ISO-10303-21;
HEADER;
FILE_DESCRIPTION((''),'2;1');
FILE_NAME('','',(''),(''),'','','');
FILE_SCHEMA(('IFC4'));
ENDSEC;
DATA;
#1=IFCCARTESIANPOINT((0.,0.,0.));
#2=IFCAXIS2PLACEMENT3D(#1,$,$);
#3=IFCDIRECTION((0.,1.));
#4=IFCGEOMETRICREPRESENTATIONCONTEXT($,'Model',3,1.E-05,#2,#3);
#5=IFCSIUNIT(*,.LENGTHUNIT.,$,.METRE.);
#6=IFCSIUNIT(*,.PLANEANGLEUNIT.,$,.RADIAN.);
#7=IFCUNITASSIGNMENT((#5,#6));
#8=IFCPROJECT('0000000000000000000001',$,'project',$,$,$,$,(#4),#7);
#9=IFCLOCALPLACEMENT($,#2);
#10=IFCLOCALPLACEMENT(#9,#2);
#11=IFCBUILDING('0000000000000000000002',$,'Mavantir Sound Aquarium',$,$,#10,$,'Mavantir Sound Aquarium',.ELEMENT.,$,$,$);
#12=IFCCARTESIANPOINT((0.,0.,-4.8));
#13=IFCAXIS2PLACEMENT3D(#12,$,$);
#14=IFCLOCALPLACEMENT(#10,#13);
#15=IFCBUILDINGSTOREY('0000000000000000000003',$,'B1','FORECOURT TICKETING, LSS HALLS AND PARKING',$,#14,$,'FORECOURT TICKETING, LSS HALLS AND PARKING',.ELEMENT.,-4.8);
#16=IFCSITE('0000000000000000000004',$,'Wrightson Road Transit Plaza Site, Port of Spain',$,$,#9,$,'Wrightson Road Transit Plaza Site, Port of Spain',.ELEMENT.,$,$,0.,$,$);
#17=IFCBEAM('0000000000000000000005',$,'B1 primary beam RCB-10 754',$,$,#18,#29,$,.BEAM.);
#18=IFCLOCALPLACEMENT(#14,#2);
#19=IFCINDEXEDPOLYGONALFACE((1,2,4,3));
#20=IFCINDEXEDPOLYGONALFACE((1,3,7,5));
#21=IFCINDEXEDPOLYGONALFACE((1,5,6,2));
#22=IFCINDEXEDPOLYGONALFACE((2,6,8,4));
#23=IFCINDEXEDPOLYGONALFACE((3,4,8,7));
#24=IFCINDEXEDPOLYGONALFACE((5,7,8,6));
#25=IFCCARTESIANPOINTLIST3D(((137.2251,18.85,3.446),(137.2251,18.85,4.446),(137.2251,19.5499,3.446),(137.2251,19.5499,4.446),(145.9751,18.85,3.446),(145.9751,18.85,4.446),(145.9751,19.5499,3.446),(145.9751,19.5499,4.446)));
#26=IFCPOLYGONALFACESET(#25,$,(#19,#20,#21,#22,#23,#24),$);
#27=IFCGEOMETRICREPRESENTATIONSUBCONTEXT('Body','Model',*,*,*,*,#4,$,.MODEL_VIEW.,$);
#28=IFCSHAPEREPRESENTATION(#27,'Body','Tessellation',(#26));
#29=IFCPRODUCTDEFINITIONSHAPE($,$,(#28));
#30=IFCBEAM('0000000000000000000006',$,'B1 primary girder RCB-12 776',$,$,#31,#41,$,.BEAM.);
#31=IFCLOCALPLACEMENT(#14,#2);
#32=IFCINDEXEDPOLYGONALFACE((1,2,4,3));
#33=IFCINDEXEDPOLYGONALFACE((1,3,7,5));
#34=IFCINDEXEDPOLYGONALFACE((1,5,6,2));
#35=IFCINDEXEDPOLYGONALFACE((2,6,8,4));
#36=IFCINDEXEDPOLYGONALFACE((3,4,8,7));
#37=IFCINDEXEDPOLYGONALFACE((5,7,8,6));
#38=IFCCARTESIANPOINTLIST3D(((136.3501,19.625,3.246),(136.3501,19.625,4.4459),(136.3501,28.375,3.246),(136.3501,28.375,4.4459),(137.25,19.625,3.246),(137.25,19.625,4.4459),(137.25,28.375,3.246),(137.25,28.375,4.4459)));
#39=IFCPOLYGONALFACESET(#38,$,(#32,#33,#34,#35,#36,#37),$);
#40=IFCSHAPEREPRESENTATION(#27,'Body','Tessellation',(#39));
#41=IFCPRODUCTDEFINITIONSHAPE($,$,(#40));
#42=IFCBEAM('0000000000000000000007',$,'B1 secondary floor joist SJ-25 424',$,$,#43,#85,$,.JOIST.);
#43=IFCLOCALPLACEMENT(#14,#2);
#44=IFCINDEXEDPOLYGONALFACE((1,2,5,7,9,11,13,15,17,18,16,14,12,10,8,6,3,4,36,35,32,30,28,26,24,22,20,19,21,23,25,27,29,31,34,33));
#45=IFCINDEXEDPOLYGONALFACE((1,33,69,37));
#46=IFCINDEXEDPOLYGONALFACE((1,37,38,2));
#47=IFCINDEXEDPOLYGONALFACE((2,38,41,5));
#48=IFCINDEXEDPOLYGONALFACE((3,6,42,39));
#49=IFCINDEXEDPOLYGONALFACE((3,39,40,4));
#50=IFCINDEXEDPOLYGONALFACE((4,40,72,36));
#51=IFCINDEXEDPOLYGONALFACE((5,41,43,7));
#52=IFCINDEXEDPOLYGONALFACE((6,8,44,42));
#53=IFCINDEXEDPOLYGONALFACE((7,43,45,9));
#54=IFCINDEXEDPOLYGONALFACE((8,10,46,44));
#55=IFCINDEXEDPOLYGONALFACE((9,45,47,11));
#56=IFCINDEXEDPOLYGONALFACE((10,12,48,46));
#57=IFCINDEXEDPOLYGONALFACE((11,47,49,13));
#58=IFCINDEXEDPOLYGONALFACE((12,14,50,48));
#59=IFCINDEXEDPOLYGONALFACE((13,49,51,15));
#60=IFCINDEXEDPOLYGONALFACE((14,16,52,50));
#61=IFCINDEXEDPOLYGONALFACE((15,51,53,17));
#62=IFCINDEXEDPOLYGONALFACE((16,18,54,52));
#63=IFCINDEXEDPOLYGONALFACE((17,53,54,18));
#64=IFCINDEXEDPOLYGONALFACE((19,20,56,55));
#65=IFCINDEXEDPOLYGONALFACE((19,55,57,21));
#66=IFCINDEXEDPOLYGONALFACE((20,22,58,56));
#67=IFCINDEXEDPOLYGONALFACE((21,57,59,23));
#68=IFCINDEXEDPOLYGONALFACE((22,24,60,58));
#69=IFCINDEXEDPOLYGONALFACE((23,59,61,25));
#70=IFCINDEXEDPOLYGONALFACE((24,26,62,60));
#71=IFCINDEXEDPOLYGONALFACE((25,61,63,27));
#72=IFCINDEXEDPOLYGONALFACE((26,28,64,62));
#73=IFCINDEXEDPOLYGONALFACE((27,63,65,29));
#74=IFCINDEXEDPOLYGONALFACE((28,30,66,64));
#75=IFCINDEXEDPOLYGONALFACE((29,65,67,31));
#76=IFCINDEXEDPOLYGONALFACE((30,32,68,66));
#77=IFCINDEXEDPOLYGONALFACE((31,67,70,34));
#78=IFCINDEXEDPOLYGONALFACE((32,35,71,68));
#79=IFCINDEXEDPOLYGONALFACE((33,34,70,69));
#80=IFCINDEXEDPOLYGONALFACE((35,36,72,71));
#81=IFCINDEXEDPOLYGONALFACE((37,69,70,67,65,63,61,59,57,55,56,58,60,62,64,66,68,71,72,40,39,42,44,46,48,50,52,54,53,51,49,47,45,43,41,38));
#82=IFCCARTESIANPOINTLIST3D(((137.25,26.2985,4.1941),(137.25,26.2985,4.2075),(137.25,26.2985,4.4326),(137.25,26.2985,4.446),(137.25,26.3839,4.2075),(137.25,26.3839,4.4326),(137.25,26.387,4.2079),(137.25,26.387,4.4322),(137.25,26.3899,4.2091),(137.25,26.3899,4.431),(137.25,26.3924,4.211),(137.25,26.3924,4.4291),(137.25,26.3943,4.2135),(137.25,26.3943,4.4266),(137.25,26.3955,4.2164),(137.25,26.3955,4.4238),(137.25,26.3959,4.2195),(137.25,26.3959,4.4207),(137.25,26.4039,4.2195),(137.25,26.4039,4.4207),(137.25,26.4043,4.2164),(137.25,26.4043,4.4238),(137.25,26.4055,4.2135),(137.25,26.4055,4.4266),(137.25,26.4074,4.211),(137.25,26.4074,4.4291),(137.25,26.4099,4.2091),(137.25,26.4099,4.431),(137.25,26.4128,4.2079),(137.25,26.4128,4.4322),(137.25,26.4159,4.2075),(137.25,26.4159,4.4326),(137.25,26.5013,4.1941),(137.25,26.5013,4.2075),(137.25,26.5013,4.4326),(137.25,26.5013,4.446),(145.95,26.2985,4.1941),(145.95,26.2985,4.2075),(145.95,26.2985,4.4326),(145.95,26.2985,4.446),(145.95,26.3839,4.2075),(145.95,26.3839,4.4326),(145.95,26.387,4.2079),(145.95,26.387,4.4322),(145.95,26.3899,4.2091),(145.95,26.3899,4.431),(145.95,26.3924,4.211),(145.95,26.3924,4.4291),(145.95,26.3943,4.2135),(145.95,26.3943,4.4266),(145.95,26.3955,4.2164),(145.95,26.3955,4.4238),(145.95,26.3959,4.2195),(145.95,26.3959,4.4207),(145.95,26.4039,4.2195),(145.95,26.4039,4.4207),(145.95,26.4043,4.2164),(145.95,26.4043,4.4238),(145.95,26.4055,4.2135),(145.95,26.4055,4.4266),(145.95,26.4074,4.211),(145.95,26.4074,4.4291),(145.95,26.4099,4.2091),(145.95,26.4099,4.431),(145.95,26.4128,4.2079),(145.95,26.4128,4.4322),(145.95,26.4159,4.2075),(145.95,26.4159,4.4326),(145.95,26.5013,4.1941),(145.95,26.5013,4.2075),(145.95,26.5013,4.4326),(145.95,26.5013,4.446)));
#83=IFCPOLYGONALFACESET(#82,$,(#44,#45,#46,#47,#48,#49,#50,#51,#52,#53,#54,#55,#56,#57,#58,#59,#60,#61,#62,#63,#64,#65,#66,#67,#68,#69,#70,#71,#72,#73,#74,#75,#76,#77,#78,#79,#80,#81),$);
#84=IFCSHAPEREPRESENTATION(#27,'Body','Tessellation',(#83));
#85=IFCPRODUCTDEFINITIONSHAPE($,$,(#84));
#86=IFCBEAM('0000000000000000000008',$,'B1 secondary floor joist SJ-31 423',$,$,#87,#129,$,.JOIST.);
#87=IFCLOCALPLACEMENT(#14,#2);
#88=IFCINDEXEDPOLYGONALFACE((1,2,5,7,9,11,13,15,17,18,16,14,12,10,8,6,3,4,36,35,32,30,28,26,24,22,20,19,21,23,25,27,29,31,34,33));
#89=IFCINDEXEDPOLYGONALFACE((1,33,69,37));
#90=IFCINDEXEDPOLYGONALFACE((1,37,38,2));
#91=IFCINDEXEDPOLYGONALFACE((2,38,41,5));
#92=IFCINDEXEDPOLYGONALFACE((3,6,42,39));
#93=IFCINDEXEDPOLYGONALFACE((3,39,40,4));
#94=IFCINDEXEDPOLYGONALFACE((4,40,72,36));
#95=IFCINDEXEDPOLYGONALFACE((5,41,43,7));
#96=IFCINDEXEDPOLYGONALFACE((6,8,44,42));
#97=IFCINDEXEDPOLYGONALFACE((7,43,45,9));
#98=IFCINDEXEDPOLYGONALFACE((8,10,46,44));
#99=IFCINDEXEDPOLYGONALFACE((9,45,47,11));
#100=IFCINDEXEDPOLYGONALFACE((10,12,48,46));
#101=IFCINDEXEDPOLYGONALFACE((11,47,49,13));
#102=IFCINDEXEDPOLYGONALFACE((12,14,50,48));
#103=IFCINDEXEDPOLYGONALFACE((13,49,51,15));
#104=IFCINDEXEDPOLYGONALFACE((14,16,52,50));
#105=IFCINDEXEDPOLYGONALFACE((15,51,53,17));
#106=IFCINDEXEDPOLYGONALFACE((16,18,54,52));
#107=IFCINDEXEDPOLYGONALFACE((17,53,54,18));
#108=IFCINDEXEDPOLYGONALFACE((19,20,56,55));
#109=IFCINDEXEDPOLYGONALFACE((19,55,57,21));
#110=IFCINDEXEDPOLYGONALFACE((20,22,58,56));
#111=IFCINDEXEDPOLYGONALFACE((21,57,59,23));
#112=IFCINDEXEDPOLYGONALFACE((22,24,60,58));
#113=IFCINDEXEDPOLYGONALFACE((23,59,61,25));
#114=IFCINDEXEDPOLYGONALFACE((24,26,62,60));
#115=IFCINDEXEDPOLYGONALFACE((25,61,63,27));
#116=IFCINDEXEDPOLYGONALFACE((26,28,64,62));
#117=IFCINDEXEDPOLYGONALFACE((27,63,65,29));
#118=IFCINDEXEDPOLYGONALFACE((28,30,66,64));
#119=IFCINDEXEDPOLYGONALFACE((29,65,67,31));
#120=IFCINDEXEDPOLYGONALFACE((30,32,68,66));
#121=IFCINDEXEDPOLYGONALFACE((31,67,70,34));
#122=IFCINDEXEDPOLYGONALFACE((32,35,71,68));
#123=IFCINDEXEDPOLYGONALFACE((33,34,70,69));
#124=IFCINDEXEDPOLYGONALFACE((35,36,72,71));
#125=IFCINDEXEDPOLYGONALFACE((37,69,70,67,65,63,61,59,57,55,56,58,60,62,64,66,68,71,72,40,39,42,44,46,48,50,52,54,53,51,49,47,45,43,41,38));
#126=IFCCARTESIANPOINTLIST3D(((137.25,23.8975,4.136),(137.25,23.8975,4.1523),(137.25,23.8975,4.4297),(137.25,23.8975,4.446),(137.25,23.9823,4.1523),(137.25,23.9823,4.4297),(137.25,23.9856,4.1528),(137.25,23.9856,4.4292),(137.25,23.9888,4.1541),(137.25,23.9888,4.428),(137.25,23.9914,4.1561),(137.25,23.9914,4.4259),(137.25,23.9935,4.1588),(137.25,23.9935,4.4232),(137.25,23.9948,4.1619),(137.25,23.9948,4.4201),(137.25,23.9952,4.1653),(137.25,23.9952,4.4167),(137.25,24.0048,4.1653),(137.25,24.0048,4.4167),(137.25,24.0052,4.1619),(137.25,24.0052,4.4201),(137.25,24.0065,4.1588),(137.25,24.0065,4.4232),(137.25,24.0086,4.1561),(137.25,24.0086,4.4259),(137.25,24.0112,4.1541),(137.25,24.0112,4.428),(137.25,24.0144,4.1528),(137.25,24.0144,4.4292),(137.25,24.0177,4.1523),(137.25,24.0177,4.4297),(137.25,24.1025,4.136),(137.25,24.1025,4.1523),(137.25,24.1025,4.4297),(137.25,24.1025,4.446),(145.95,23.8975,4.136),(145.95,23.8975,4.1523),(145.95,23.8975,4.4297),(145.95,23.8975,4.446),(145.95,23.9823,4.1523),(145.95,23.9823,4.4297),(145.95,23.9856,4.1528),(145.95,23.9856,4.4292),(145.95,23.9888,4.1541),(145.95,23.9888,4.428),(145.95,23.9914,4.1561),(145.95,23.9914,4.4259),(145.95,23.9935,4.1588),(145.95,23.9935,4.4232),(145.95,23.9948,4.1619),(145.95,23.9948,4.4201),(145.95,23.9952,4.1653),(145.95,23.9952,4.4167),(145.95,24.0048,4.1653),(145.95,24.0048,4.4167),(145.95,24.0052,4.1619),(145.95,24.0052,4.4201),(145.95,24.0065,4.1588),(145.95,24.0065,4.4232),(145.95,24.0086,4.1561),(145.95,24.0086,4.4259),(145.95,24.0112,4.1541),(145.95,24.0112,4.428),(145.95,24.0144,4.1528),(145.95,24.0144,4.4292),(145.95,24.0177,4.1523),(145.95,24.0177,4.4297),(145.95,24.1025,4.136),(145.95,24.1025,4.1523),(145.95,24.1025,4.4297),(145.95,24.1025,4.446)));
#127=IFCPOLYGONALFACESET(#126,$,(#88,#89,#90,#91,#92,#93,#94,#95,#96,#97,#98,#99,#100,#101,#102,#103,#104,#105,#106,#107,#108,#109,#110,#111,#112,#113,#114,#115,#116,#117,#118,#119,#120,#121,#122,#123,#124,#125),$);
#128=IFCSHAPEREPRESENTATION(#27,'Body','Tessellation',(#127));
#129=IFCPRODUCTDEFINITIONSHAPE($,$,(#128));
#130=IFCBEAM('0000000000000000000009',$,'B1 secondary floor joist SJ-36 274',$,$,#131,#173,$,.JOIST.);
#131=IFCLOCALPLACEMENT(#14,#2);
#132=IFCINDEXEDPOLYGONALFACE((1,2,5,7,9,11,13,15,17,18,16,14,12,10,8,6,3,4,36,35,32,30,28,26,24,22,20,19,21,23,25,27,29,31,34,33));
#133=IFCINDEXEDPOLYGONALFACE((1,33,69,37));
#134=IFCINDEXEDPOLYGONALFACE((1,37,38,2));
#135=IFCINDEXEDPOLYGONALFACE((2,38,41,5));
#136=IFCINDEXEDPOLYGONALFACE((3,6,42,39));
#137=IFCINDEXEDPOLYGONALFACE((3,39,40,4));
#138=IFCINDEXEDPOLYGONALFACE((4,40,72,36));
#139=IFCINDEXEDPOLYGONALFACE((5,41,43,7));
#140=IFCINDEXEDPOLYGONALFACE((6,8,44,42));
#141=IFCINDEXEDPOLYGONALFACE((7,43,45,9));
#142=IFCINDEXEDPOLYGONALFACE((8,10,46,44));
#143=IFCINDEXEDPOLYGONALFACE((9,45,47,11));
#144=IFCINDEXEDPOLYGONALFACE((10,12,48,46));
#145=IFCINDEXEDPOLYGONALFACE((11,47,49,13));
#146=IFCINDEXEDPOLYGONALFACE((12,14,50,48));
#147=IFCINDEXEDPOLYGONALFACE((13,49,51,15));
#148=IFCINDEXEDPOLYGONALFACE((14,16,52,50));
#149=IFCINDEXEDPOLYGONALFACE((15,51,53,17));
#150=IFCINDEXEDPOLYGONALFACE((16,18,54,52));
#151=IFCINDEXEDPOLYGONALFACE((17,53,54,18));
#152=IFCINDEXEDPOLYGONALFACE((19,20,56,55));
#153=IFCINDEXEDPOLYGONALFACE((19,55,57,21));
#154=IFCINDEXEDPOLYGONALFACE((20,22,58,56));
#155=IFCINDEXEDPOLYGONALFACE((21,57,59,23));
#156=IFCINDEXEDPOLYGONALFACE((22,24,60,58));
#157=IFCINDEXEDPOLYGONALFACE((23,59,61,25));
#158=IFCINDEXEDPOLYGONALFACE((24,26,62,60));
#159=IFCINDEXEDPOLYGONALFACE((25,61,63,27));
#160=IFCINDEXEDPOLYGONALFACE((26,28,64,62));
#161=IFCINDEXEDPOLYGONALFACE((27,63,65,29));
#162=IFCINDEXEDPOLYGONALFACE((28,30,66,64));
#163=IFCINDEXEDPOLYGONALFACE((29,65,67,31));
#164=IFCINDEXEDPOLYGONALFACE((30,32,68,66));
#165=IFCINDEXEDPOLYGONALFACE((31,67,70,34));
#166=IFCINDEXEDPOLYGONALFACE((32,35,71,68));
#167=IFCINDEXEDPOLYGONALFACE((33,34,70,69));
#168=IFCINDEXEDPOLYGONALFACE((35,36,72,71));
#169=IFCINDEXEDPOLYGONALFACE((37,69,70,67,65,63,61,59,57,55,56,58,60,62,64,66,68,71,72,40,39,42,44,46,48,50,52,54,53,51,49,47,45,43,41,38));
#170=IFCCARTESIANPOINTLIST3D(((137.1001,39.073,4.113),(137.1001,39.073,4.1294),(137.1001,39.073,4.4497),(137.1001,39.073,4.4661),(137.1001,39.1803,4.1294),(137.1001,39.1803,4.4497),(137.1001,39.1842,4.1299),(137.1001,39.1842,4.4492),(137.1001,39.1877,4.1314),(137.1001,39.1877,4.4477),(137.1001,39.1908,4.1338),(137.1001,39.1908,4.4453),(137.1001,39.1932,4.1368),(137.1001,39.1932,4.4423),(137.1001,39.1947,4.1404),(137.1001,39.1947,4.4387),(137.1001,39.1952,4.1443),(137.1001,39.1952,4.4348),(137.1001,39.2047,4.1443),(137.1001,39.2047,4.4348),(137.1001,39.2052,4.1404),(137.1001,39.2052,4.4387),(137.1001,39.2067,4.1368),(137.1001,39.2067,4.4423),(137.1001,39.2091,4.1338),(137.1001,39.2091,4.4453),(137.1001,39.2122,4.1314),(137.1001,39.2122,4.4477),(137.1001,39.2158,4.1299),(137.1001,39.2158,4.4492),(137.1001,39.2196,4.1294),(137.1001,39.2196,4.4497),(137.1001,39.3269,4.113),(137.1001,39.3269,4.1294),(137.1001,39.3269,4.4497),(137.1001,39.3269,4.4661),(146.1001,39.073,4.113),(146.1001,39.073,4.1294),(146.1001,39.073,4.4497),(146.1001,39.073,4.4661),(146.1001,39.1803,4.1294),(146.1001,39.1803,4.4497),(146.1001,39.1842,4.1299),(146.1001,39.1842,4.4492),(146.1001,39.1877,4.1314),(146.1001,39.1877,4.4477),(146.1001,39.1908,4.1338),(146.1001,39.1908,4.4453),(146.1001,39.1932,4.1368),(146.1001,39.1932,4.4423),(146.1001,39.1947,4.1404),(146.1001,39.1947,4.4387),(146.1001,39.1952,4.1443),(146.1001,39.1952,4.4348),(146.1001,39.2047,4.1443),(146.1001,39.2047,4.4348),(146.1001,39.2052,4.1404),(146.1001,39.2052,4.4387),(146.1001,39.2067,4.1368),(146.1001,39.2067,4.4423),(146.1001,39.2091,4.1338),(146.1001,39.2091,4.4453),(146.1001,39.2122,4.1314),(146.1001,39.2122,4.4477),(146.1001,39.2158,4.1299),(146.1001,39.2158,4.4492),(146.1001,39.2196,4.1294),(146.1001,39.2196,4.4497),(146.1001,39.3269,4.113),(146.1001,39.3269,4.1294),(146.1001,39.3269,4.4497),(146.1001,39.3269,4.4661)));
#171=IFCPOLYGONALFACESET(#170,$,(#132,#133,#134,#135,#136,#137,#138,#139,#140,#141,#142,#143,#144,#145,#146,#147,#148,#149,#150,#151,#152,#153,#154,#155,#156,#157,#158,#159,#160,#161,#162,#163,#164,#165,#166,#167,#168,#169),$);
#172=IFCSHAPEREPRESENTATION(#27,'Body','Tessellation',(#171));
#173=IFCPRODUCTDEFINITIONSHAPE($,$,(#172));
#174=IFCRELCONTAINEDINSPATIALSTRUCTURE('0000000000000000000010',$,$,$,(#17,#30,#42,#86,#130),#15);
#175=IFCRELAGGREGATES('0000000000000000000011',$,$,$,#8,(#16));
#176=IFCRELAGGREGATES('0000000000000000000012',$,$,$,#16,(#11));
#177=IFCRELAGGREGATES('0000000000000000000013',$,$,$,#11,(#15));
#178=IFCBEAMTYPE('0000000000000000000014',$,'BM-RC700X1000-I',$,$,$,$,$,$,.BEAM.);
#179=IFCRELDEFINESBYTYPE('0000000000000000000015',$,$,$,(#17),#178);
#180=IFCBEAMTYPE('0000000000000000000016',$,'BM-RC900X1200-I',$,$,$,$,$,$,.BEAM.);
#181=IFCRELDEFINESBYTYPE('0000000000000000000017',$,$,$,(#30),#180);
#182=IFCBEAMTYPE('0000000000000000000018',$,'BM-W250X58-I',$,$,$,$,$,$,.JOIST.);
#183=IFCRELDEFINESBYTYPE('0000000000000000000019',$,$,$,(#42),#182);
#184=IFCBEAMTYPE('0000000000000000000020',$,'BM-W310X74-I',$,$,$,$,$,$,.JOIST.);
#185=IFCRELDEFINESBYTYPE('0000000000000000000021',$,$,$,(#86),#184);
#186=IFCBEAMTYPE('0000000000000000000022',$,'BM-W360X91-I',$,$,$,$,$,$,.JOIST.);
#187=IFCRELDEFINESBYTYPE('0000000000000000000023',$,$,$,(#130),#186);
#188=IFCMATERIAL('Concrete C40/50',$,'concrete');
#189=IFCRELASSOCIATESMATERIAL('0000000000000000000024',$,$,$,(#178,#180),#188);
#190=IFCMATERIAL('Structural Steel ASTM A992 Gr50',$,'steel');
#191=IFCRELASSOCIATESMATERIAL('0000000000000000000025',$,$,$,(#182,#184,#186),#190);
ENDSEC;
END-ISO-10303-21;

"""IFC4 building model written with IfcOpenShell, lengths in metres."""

from ifc_helpers import new_model, si_unit, direction, frame, origin, origin_2d, place, context, subcontext, project, spatial, rectangle, i_section, extrude, material, material_profile, profile_set, type_object, element, save


model = new_model("IFC4")

# Units and contexts
model_context = context("Model", 3, precision=1e-05, world=origin(), true_north=direction((0.0, 1.0)))
body_context = subcontext(model_context, "Body", "Model", "MODEL_VIEW")
ifc_project = project(units=[si_unit("LENGTHUNIT", "METRE"), si_unit("PLANEANGLEUNIT", "RADIAN")], contexts=[model_context])

# Site, building, storey
site_placement = place(None, origin())
site = spatial("IfcSite", under=ifc_project, at=site_placement, Name="Wrightson Road Transit Plaza Site, Port of Spain", LongName="Wrightson Road Transit Plaza Site, Port of Spain", CompositionType="ELEMENT", RefElevation=0.0)
building_placement = place(site_placement, origin())
building = spatial("IfcBuilding", under=site, at=building_placement, Name="Mavantir Sound Aquarium", LongName="Mavantir Sound Aquarium", CompositionType="ELEMENT")
storey_placement = place(building_placement, frame((0.0, 0.0, -4.8)))
storey = spatial("IfcBuildingStorey", under=building, at=storey_placement, Name="B1", Description="FORECOURT TICKETING, LSS HALLS AND PARKING", LongName="FORECOURT TICKETING, LSS HALLS AND PARKING", CompositionType="ELEMENT", Elevation=-4.8)

# Shared definitions
ifc_material_1 = material(Name="Concrete C40/50", Category="concrete")

# Beams
ifc_material_profile_1 = material_profile(ifc_material_1, rectangle(XDim=0.7, YDim=1.0, at=origin_2d()), Name="RC 700X1000")
ifc_profile_set_1 = profile_set([ifc_material_profile_1], Name="Concrete C40/50")
beam_type_1 = type_object("IfcBeamType", Name="BM-RC700X1000-I", PredefinedType="BEAM", material=ifc_profile_set_1)
beam_1_placement = place(storey_placement, frame((137.2251, 19.2, 3.946), z_axis=(1.0, 0.0, 0.0), x_axis=(0.0, 1.0, 0.0)))
element("IfcBeam", 1, at=beam_1_placement, inside=storey, type_object=beam_type_1, Name="B1 primary beam RCB-10 754", PredefinedType="BEAM", context=body_context, shape_type="SweptSolid", body=[
    extrude(rectangle(XDim=0.7, YDim=1.0, at=origin_2d()), origin(), (0.0, 0.0, 1.0), 8.75),
])
ifc_material_profile_2 = material_profile(ifc_material_1, rectangle(XDim=0.8999, YDim=1.2, at=origin_2d()), Name="RC 900X1200")
ifc_profile_set_2 = profile_set([ifc_material_profile_2], Name="Concrete C40/50")
beam_type_2 = type_object("IfcBeamType", Name="BM-RC900X1200-I", PredefinedType="BEAM", material=ifc_profile_set_2)
beam_2_placement = place(storey_placement, frame((136.8, 19.625, 3.8459), z_axis=(0.0, 1.0, 0.0), x_axis=(-1.0, 0.0, 0.0)))
element("IfcBeam", 2, at=beam_2_placement, inside=storey, type_object=beam_type_2, Name="B1 primary girder RCB-12 776", PredefinedType="BEAM", context=body_context, shape_type="SweptSolid", body=[
    extrude(rectangle(XDim=0.8999, YDim=1.2, at=origin_2d()), origin(), (0.0, 0.0, 1.0), 8.75),
])
ifc_material_2 = material(Name="Structural Steel ASTM A992 Gr50", Category="steel")
ifc_material_profile_3 = material_profile(ifc_material_2, i_section(OverallWidth=0.2029, OverallDepth=0.252, WebThickness=0.0081, FlangeThickness=0.0134, FilletRadius=0.012, at=origin_2d()), Name="W250X58")
ifc_profile_set_3 = profile_set([ifc_material_profile_3], Name="Structural Steel ASTM A992 Gr50")
beam_type_3 = type_object("IfcBeamType", Name="BM-W250X58-I", PredefinedType="JOIST", material=ifc_profile_set_3)
beam_3_placement = place(storey_placement, frame((137.25, 26.3999, 4.3201), z_axis=(1.0, 0.0, 0.0), x_axis=(0.0, 1.0, 0.0)))
element("IfcBeam", 3, at=beam_3_placement, inside=storey, type_object=beam_type_3, Name="B1 secondary floor joist SJ-25 424", PredefinedType="JOIST", context=body_context, shape_type="SweptSolid", body=[
    extrude(i_section(OverallWidth=0.2029, OverallDepth=0.252, WebThickness=0.0081, FlangeThickness=0.0134, FilletRadius=0.012, at=origin_2d()), origin(), (0.0, 0.0, 1.0), 8.7),
])
ifc_material_profile_4 = material_profile(ifc_material_2, i_section(OverallWidth=0.2051, OverallDepth=0.3101, WebThickness=0.0095, FlangeThickness=0.0164, FilletRadius=0.0129, at=origin_2d()), Name="W310X74")
ifc_profile_set_4 = profile_set([ifc_material_profile_4], Name="Structural Steel ASTM A992 Gr50")
beam_type_4 = type_object("IfcBeamType", Name="BM-W310X74-I", PredefinedType="JOIST", material=ifc_profile_set_4)
beam_4_placement = place(storey_placement, frame((137.25, 24.0, 4.291), z_axis=(1.0, 0.0, 0.0), x_axis=(0.0, 1.0, 0.0)))
element("IfcBeam", 4, at=beam_4_placement, inside=storey, type_object=beam_type_4, Name="B1 secondary floor joist SJ-31 423", PredefinedType="JOIST", context=body_context, shape_type="SweptSolid", body=[
    extrude(i_section(OverallWidth=0.2051, OverallDepth=0.3101, WebThickness=0.0095, FlangeThickness=0.0164, FilletRadius=0.0129, at=origin_2d()), origin(), (0.0, 0.0, 1.0), 8.7),
])
ifc_material_profile_5 = material_profile(ifc_material_2, i_section(OverallWidth=0.2539, OverallDepth=0.353, WebThickness=0.0095, FlangeThickness=0.0164, FilletRadius=0.0149, at=origin_2d()), Name="W360X91")
ifc_profile_set_5 = profile_set([ifc_material_profile_5], Name="Structural Steel ASTM A992 Gr50")
beam_type_5 = type_object("IfcBeamType", Name="BM-W360X91-I", PredefinedType="JOIST", material=ifc_profile_set_5)
beam_5_placement = place(storey_placement, frame((137.1001, 39.2, 4.2896), z_axis=(1.0, 0.0, 0.0), x_axis=(0.0, 1.0, 0.0)))
element("IfcBeam", 5, at=beam_5_placement, inside=storey, type_object=beam_type_5, Name="B1 secondary floor joist SJ-36 274", PredefinedType="JOIST", context=body_context, shape_type="SweptSolid", body=[
    extrude(i_section(OverallWidth=0.2539, OverallDepth=0.353, WebThickness=0.0095, FlangeThickness=0.0164, FilletRadius=0.0149, at=origin_2d()), origin(), (0.0, 0.0, 1.0), 9.0),
])

save(model, "model.ifc")
